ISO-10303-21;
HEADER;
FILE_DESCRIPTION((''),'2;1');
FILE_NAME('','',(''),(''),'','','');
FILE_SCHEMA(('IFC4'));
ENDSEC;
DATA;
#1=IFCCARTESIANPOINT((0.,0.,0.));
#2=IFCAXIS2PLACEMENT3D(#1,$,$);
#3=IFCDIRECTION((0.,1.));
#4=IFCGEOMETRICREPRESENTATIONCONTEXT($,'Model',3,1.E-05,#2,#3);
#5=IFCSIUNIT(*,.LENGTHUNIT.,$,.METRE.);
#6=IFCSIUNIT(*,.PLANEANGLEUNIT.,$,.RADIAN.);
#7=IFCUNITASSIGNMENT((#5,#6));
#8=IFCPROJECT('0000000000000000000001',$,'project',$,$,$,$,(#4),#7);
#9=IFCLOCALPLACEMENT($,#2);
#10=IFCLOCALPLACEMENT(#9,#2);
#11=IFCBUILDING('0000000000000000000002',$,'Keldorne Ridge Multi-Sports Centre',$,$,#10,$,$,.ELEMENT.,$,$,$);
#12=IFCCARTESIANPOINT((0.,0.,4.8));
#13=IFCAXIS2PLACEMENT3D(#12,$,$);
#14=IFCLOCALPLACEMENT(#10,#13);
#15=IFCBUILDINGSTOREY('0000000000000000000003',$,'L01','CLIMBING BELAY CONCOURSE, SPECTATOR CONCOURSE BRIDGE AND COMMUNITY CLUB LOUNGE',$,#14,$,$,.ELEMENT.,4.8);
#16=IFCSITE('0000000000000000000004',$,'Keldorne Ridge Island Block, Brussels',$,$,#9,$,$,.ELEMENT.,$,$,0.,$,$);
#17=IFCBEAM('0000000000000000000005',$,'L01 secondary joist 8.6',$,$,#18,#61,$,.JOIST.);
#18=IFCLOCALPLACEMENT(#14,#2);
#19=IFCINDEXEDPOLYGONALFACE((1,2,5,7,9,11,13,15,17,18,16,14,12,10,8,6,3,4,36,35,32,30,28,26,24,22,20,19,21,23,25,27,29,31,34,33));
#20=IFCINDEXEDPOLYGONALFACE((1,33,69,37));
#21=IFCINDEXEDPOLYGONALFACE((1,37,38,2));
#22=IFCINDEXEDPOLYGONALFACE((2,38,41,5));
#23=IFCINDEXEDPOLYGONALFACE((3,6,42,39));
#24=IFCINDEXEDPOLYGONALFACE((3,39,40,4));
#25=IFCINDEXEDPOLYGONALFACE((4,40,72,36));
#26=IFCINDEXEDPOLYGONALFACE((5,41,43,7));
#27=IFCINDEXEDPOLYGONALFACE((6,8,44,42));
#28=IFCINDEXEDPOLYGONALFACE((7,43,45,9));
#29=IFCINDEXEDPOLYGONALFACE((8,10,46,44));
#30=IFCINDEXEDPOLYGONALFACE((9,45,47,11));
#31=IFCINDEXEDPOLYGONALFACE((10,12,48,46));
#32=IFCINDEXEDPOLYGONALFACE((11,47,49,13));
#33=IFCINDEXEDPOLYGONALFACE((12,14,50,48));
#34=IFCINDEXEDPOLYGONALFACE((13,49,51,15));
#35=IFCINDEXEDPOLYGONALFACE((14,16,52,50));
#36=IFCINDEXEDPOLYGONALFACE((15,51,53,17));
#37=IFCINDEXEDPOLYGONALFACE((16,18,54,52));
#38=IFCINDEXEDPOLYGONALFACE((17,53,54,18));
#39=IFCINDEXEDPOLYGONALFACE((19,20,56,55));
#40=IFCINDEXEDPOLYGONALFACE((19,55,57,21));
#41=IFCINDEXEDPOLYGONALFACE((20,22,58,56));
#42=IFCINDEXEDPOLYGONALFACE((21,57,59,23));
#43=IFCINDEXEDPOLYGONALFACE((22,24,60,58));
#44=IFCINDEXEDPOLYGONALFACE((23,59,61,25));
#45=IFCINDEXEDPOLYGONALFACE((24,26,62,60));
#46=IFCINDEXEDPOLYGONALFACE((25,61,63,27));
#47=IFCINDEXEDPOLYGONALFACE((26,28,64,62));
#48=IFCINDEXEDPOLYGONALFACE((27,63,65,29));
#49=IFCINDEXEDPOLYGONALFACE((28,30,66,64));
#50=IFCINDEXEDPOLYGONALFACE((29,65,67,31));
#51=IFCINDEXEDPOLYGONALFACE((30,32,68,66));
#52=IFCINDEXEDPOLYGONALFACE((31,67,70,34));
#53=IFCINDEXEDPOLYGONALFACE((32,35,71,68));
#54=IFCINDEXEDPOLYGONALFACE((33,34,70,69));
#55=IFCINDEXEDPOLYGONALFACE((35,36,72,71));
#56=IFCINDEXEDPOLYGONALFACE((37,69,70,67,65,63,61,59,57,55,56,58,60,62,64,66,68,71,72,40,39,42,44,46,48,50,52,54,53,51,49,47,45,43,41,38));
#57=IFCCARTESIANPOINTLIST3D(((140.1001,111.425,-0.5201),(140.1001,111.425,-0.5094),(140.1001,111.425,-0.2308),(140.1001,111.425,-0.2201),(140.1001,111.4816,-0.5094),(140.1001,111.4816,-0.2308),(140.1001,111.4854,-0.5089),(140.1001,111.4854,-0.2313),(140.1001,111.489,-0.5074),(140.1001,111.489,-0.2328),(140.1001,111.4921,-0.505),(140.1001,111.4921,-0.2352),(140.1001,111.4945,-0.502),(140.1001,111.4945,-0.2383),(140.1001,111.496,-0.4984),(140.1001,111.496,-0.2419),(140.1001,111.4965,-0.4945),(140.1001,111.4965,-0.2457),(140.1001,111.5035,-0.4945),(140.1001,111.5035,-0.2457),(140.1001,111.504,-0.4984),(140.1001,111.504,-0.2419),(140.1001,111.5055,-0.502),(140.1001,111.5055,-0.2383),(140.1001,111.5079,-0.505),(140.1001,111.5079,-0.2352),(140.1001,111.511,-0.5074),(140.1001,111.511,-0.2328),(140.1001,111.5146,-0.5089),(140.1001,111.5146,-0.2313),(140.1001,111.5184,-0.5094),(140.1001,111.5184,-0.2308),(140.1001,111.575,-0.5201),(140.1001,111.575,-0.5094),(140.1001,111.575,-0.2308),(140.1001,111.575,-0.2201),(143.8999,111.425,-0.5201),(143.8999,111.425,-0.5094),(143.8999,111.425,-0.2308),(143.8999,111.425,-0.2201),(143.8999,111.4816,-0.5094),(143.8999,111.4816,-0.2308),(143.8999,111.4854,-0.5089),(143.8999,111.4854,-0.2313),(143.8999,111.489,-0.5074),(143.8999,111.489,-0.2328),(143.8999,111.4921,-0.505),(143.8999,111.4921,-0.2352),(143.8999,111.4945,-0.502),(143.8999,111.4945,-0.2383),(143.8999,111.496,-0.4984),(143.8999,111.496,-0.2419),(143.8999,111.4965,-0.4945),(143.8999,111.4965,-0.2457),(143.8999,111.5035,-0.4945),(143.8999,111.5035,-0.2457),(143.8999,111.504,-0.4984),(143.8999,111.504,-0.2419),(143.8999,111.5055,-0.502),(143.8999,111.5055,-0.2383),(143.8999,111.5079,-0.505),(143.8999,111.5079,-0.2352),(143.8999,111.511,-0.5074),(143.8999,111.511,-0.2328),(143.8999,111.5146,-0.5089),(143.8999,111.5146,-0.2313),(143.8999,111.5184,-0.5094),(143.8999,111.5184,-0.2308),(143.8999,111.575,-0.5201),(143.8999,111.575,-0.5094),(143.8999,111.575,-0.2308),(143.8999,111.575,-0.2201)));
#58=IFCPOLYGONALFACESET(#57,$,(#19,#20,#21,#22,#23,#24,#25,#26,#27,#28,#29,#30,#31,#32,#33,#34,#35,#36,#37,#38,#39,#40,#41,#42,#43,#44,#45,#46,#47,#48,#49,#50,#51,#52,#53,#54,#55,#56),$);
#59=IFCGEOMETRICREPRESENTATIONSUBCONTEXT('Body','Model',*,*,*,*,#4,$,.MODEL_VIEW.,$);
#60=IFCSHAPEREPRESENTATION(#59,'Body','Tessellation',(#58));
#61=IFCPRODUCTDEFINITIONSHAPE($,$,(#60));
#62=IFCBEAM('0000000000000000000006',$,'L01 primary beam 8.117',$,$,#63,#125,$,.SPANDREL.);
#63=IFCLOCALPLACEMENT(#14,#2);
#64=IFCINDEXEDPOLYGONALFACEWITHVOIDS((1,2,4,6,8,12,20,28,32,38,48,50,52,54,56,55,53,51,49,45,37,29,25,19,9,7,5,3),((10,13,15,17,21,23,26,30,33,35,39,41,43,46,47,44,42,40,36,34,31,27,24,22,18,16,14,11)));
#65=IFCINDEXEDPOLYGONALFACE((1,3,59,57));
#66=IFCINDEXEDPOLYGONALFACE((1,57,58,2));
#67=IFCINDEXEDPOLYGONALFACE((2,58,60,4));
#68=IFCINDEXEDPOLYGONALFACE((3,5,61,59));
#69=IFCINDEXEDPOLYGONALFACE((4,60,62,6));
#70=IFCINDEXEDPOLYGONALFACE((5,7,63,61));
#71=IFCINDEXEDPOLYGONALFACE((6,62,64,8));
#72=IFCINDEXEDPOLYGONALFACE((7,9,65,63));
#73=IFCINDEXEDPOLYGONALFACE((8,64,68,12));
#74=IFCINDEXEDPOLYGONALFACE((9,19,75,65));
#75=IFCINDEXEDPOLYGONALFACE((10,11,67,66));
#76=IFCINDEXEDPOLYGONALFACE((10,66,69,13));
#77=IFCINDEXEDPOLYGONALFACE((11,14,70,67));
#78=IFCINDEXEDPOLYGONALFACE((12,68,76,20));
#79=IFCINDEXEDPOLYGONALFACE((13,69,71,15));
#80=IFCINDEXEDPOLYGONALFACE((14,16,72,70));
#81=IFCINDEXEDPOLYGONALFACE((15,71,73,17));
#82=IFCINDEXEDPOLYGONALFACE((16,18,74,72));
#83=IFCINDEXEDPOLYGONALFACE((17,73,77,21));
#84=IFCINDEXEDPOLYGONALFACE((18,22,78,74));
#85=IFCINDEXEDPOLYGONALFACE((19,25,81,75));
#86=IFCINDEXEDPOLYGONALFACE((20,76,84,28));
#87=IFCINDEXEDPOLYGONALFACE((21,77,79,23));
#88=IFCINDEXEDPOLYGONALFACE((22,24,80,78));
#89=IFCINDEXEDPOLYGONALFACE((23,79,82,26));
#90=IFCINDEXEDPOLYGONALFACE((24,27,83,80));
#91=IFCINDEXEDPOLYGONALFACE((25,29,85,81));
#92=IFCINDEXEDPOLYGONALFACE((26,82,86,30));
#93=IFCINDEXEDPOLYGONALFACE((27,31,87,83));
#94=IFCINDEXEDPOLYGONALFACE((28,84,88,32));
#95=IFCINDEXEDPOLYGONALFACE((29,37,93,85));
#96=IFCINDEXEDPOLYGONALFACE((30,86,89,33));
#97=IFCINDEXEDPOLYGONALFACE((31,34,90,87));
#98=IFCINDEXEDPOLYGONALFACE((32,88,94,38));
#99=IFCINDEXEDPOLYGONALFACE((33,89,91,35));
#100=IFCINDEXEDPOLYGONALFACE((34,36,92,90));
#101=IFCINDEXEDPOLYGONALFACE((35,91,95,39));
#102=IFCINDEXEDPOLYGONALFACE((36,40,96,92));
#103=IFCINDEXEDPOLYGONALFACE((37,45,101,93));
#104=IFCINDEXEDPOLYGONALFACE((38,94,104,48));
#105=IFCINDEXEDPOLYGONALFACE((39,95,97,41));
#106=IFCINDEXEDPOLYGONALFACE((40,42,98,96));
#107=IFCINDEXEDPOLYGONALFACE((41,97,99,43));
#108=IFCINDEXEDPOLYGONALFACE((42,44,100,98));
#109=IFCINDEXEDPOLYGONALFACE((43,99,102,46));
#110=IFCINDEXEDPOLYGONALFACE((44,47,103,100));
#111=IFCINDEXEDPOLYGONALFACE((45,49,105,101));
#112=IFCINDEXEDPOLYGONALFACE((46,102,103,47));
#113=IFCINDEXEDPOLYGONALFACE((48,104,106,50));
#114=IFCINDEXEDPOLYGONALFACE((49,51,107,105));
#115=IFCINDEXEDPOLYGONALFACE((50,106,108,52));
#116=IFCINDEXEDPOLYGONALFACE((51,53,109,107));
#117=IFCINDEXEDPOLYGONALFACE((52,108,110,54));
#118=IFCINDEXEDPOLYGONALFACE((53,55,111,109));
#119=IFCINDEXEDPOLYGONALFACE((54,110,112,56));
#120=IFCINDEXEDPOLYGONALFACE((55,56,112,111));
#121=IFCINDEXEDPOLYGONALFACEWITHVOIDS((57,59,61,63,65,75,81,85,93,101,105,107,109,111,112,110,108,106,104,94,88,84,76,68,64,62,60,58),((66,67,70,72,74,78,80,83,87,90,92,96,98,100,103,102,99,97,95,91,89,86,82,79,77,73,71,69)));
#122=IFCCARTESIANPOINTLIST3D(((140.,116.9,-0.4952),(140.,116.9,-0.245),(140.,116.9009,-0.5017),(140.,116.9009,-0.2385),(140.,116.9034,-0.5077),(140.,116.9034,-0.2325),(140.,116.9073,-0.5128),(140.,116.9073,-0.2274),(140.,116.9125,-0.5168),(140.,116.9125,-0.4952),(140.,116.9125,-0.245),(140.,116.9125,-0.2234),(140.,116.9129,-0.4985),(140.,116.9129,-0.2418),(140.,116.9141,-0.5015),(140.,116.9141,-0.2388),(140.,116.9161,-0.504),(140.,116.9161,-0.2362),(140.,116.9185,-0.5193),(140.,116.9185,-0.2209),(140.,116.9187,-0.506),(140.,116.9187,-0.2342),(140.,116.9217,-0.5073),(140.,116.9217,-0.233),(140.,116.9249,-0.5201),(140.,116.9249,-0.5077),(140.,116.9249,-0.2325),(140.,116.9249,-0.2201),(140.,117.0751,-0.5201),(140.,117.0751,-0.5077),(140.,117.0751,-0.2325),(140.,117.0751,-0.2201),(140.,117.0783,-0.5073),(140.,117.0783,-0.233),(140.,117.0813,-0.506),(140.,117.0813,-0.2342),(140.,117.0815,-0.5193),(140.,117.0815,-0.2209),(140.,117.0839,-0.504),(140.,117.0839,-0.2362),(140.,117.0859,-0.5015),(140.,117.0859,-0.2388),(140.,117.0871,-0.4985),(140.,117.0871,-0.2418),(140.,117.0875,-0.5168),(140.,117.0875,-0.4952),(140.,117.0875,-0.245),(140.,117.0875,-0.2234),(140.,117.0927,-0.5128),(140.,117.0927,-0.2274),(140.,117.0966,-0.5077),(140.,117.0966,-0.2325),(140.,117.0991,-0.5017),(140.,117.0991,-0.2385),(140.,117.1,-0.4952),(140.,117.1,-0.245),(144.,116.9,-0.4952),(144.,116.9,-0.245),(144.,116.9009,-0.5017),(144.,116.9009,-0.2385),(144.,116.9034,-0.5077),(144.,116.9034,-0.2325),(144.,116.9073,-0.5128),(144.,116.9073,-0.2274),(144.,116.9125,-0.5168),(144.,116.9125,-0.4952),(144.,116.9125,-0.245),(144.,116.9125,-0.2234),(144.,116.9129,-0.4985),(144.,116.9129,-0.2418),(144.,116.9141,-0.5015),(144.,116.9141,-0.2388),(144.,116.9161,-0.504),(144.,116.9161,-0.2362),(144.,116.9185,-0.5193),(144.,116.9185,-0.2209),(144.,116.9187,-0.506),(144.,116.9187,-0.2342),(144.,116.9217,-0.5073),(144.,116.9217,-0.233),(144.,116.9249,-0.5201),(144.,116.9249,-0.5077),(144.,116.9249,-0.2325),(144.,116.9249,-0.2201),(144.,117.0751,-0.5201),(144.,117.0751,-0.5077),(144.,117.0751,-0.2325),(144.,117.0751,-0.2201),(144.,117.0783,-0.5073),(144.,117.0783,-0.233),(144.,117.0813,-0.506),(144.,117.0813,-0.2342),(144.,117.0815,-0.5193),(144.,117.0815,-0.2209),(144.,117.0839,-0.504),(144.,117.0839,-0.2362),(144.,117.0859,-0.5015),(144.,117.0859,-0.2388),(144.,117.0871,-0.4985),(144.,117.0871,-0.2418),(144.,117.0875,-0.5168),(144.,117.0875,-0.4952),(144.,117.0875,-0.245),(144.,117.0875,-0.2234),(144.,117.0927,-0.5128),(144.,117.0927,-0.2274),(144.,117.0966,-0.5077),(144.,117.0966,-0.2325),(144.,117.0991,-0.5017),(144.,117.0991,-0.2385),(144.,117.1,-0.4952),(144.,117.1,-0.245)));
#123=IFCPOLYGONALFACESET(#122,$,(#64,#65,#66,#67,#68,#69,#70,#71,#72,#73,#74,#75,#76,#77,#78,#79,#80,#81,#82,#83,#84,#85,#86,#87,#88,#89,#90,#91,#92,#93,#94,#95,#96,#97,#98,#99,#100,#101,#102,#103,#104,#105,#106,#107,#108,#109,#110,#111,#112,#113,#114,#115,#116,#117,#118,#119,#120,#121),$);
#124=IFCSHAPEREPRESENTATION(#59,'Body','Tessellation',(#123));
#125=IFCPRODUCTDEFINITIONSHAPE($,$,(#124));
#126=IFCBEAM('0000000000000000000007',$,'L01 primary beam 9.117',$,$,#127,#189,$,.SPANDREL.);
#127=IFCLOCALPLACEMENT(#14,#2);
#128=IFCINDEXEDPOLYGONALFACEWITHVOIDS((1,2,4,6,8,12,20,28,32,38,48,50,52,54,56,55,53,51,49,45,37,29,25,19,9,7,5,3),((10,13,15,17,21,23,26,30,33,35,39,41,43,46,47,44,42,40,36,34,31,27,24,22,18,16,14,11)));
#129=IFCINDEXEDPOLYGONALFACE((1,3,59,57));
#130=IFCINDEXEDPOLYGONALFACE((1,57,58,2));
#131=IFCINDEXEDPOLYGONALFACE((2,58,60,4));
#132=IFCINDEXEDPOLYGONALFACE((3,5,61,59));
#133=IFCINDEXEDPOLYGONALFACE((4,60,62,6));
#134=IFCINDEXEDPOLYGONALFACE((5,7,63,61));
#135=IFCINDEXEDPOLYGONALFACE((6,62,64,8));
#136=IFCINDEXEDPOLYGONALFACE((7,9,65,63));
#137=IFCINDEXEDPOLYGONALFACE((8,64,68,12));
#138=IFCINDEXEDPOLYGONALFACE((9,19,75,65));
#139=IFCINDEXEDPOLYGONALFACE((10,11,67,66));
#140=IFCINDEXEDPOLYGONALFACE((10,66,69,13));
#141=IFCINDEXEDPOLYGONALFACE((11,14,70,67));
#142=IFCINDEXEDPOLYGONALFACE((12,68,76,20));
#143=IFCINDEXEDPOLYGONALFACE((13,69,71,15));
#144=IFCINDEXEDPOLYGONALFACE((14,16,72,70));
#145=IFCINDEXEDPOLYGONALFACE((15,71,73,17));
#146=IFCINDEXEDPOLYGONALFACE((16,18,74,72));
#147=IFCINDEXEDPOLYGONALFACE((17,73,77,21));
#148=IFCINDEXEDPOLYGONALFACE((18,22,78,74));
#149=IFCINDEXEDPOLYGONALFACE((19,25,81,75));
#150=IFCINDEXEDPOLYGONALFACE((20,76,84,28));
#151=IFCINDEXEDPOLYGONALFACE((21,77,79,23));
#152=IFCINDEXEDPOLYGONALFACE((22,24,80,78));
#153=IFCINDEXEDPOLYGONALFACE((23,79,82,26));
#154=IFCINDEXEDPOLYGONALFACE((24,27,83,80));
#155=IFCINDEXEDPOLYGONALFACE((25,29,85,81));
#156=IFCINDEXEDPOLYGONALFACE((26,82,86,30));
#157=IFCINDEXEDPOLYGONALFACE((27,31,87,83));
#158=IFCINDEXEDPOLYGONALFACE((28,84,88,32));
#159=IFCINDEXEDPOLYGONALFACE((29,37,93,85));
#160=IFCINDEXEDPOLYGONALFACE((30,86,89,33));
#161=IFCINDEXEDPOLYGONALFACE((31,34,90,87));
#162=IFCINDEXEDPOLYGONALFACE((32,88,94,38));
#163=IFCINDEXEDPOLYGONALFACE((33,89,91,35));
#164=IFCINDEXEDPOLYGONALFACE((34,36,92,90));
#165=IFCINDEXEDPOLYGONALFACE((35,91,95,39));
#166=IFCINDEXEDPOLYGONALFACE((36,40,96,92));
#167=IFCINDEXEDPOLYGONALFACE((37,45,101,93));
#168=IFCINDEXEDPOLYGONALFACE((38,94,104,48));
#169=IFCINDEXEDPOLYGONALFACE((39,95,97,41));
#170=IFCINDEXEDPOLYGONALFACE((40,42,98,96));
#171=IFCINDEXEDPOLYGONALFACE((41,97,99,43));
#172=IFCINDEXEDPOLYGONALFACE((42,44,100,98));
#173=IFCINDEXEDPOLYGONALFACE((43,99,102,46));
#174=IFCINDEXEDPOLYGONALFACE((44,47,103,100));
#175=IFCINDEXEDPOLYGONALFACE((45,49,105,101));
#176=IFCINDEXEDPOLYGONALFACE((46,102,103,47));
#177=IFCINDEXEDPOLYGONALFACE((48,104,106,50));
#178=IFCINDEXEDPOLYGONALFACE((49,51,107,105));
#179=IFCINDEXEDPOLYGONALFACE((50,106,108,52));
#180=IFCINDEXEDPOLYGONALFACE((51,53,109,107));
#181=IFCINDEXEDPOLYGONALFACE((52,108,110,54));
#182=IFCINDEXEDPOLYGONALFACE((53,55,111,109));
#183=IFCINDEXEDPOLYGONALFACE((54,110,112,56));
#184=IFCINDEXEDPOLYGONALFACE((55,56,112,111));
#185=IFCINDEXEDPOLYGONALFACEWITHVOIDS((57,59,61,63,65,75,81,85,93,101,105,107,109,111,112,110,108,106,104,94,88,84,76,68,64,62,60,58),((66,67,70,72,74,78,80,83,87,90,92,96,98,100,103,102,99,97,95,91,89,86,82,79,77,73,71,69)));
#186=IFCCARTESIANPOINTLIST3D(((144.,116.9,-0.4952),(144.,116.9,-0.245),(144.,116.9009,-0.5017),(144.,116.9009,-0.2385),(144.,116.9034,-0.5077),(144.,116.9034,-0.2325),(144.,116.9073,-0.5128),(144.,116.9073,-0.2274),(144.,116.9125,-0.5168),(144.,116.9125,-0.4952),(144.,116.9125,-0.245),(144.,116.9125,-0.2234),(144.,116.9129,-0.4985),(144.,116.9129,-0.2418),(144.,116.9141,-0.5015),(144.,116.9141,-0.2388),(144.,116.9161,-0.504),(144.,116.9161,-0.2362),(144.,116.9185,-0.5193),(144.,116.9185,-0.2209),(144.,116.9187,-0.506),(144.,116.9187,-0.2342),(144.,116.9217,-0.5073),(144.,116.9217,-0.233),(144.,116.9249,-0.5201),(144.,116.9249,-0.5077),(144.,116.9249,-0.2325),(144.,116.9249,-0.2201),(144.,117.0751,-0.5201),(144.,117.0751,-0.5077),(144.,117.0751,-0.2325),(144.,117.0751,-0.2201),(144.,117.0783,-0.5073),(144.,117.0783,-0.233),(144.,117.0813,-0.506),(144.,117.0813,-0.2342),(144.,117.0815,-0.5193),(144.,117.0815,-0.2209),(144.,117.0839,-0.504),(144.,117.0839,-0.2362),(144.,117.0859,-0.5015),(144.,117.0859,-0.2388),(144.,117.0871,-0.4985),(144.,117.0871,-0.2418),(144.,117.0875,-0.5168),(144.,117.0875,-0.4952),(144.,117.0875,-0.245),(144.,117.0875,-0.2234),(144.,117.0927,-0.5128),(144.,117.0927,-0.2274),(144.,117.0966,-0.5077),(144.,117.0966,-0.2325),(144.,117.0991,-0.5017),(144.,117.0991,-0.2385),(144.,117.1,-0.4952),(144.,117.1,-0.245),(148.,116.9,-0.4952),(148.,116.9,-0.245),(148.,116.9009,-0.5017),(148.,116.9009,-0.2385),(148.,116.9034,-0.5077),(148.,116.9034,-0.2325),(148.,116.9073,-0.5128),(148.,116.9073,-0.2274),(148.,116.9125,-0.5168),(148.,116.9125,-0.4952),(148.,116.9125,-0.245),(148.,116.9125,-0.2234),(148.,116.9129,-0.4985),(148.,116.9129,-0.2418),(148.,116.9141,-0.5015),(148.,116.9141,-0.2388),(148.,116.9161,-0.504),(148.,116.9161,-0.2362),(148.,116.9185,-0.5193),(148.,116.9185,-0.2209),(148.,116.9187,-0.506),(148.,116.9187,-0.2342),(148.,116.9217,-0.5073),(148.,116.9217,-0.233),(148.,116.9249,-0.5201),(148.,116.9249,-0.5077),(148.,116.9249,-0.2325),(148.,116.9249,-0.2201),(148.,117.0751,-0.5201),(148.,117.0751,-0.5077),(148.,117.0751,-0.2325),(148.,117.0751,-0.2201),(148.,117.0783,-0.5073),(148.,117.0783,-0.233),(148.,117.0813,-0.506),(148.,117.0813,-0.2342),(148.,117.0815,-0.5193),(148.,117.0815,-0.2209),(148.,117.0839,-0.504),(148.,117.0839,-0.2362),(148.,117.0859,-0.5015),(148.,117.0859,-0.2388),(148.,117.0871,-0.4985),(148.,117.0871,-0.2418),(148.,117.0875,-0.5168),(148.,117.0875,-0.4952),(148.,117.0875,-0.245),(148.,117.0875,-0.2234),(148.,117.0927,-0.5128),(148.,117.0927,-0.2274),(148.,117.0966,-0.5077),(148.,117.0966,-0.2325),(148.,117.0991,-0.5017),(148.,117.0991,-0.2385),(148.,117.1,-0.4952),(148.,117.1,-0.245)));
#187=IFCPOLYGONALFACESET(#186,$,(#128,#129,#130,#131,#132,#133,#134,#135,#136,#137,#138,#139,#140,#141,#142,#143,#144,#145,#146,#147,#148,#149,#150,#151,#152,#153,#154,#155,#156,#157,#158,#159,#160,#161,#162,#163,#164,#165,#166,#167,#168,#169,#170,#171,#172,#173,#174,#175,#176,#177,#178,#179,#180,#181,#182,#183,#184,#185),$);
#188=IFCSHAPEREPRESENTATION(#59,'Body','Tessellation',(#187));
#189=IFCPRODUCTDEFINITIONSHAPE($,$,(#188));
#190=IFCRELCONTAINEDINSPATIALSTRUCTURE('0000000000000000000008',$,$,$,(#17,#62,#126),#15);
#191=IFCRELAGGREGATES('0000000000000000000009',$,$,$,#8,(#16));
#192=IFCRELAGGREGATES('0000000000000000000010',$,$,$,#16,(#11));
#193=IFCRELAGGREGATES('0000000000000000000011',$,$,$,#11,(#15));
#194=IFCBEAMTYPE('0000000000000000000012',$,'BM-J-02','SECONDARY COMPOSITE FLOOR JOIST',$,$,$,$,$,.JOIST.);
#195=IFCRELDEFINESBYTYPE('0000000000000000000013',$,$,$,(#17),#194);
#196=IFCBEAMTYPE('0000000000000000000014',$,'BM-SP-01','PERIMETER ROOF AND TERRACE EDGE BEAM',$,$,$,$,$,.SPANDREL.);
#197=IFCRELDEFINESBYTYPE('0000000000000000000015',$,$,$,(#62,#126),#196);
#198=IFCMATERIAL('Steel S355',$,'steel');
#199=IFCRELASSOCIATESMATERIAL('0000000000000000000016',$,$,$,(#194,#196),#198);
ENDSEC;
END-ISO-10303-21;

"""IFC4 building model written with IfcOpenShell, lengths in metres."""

from ifc_helpers import new_model, si_unit, direction, frame, origin, origin_2d, place, context, subcontext, project, spatial, hollow_rectangle, i_section, extrude, material, material_profile, profile_set, type_object, element, save


model = new_model("IFC4")

# Units and contexts
model_context = context("Model", 3, precision=1e-05, world=origin(), true_north=direction((0.0, 1.0)))
body_context = subcontext(model_context, "Body", "Model", "MODEL_VIEW")
ifc_project = project(units=[si_unit("LENGTHUNIT", "METRE"), si_unit("PLANEANGLEUNIT", "RADIAN")], contexts=[model_context])

# Site, building, storey
site_placement = place(None, origin())
site = spatial("IfcSite", under=ifc_project, at=site_placement, Name="Keldorne Ridge Island Block, Brussels", CompositionType="ELEMENT", RefElevation=0.0)
building_placement = place(site_placement, origin())
building = spatial("IfcBuilding", under=site, at=building_placement, Name="Keldorne Ridge Multi-Sports Centre", CompositionType="ELEMENT")
storey_placement = place(building_placement, frame((0.0, 0.0, 4.8)))
storey = spatial("IfcBuildingStorey", under=building, at=storey_placement, Name="L01", Description="CLIMBING BELAY CONCOURSE, SPECTATOR CONCOURSE BRIDGE AND COMMUNITY CLUB LOUNGE", CompositionType="ELEMENT", Elevation=4.8)

# Shared definitions
ifc_material_1 = material(Name="Steel S355", Category="steel")

# Beams
ifc_material_profile_1 = material_profile(ifc_material_1, i_section(OverallWidth=0.1499, OverallDepth=0.3, WebThickness=0.0071, FlangeThickness=0.0107, FilletRadius=0.0149, at=origin_2d()), Name="IPE 300")
ifc_profile_set_1 = profile_set([ifc_material_profile_1], Name="Steel S355")
beam_type_1 = type_object("IfcBeamType", Name="BM-J-02", Description="SECONDARY COMPOSITE FLOOR JOIST", PredefinedType="JOIST", material=ifc_profile_set_1)
beam_placement = place(storey_placement, frame((140.1001, 111.5, -0.3701), z_axis=(1.0, 0.0, 0.0), x_axis=(0.0, 1.0, 0.0)))
element("IfcBeam", 1, at=beam_placement, inside=storey, type_object=beam_type_1, Name="L01 secondary joist 8.6", PredefinedType="JOIST", context=body_context, shape_type="SweptSolid", body=[
    extrude(i_section(OverallWidth=0.1499, OverallDepth=0.3, WebThickness=0.0071, FlangeThickness=0.0107, FilletRadius=0.0149, at=origin_2d()), origin(), (0.0, 0.0, 1.0), 3.7998),
])
ifc_material_profile_2 = material_profile(ifc_material_1, hollow_rectangle(XDim=0.2, YDim=0.3, WallThickness=0.0125, InnerFilletRadius=0.0125, OuterFilletRadius=0.0249, at=origin_2d()), Name="RHS 300x200x12.5")
ifc_profile_set_2 = profile_set([ifc_material_profile_2], Name="Steel S355")
beam_type_2 = type_object("IfcBeamType", Name="BM-SP-01", Description="PERIMETER ROOF AND TERRACE EDGE BEAM", PredefinedType="SPANDREL", material=ifc_profile_set_2)
for number, where, z_axis, x_axis, name in (
    (2, (140.0, 117.0, -0.3701), (1.0, 0.0, 0.0), (0.0, 1.0, 0.0), "L01 primary beam 8.117"),
    (3, (144.0, 117.0, -0.3701), (1.0, 0.0, 0.0), (0.0, 1.0, 0.0), "L01 primary beam 9.117"),
):
    element("IfcBeam", number, at=place(storey_placement, frame(where, z_axis=z_axis, x_axis=x_axis)), inside=storey, type_object=beam_type_2, Name=name, PredefinedType="SPANDREL", context=body_context, shape_type="SweptSolid", body=[
        extrude(hollow_rectangle(XDim=0.2, YDim=0.3, WallThickness=0.0125, InnerFilletRadius=0.0125, OuterFilletRadius=0.0249, at=origin_2d()), origin(), (0.0, 0.0, 1.0), 4.0),
    ])

save(model, "model.ifc")
